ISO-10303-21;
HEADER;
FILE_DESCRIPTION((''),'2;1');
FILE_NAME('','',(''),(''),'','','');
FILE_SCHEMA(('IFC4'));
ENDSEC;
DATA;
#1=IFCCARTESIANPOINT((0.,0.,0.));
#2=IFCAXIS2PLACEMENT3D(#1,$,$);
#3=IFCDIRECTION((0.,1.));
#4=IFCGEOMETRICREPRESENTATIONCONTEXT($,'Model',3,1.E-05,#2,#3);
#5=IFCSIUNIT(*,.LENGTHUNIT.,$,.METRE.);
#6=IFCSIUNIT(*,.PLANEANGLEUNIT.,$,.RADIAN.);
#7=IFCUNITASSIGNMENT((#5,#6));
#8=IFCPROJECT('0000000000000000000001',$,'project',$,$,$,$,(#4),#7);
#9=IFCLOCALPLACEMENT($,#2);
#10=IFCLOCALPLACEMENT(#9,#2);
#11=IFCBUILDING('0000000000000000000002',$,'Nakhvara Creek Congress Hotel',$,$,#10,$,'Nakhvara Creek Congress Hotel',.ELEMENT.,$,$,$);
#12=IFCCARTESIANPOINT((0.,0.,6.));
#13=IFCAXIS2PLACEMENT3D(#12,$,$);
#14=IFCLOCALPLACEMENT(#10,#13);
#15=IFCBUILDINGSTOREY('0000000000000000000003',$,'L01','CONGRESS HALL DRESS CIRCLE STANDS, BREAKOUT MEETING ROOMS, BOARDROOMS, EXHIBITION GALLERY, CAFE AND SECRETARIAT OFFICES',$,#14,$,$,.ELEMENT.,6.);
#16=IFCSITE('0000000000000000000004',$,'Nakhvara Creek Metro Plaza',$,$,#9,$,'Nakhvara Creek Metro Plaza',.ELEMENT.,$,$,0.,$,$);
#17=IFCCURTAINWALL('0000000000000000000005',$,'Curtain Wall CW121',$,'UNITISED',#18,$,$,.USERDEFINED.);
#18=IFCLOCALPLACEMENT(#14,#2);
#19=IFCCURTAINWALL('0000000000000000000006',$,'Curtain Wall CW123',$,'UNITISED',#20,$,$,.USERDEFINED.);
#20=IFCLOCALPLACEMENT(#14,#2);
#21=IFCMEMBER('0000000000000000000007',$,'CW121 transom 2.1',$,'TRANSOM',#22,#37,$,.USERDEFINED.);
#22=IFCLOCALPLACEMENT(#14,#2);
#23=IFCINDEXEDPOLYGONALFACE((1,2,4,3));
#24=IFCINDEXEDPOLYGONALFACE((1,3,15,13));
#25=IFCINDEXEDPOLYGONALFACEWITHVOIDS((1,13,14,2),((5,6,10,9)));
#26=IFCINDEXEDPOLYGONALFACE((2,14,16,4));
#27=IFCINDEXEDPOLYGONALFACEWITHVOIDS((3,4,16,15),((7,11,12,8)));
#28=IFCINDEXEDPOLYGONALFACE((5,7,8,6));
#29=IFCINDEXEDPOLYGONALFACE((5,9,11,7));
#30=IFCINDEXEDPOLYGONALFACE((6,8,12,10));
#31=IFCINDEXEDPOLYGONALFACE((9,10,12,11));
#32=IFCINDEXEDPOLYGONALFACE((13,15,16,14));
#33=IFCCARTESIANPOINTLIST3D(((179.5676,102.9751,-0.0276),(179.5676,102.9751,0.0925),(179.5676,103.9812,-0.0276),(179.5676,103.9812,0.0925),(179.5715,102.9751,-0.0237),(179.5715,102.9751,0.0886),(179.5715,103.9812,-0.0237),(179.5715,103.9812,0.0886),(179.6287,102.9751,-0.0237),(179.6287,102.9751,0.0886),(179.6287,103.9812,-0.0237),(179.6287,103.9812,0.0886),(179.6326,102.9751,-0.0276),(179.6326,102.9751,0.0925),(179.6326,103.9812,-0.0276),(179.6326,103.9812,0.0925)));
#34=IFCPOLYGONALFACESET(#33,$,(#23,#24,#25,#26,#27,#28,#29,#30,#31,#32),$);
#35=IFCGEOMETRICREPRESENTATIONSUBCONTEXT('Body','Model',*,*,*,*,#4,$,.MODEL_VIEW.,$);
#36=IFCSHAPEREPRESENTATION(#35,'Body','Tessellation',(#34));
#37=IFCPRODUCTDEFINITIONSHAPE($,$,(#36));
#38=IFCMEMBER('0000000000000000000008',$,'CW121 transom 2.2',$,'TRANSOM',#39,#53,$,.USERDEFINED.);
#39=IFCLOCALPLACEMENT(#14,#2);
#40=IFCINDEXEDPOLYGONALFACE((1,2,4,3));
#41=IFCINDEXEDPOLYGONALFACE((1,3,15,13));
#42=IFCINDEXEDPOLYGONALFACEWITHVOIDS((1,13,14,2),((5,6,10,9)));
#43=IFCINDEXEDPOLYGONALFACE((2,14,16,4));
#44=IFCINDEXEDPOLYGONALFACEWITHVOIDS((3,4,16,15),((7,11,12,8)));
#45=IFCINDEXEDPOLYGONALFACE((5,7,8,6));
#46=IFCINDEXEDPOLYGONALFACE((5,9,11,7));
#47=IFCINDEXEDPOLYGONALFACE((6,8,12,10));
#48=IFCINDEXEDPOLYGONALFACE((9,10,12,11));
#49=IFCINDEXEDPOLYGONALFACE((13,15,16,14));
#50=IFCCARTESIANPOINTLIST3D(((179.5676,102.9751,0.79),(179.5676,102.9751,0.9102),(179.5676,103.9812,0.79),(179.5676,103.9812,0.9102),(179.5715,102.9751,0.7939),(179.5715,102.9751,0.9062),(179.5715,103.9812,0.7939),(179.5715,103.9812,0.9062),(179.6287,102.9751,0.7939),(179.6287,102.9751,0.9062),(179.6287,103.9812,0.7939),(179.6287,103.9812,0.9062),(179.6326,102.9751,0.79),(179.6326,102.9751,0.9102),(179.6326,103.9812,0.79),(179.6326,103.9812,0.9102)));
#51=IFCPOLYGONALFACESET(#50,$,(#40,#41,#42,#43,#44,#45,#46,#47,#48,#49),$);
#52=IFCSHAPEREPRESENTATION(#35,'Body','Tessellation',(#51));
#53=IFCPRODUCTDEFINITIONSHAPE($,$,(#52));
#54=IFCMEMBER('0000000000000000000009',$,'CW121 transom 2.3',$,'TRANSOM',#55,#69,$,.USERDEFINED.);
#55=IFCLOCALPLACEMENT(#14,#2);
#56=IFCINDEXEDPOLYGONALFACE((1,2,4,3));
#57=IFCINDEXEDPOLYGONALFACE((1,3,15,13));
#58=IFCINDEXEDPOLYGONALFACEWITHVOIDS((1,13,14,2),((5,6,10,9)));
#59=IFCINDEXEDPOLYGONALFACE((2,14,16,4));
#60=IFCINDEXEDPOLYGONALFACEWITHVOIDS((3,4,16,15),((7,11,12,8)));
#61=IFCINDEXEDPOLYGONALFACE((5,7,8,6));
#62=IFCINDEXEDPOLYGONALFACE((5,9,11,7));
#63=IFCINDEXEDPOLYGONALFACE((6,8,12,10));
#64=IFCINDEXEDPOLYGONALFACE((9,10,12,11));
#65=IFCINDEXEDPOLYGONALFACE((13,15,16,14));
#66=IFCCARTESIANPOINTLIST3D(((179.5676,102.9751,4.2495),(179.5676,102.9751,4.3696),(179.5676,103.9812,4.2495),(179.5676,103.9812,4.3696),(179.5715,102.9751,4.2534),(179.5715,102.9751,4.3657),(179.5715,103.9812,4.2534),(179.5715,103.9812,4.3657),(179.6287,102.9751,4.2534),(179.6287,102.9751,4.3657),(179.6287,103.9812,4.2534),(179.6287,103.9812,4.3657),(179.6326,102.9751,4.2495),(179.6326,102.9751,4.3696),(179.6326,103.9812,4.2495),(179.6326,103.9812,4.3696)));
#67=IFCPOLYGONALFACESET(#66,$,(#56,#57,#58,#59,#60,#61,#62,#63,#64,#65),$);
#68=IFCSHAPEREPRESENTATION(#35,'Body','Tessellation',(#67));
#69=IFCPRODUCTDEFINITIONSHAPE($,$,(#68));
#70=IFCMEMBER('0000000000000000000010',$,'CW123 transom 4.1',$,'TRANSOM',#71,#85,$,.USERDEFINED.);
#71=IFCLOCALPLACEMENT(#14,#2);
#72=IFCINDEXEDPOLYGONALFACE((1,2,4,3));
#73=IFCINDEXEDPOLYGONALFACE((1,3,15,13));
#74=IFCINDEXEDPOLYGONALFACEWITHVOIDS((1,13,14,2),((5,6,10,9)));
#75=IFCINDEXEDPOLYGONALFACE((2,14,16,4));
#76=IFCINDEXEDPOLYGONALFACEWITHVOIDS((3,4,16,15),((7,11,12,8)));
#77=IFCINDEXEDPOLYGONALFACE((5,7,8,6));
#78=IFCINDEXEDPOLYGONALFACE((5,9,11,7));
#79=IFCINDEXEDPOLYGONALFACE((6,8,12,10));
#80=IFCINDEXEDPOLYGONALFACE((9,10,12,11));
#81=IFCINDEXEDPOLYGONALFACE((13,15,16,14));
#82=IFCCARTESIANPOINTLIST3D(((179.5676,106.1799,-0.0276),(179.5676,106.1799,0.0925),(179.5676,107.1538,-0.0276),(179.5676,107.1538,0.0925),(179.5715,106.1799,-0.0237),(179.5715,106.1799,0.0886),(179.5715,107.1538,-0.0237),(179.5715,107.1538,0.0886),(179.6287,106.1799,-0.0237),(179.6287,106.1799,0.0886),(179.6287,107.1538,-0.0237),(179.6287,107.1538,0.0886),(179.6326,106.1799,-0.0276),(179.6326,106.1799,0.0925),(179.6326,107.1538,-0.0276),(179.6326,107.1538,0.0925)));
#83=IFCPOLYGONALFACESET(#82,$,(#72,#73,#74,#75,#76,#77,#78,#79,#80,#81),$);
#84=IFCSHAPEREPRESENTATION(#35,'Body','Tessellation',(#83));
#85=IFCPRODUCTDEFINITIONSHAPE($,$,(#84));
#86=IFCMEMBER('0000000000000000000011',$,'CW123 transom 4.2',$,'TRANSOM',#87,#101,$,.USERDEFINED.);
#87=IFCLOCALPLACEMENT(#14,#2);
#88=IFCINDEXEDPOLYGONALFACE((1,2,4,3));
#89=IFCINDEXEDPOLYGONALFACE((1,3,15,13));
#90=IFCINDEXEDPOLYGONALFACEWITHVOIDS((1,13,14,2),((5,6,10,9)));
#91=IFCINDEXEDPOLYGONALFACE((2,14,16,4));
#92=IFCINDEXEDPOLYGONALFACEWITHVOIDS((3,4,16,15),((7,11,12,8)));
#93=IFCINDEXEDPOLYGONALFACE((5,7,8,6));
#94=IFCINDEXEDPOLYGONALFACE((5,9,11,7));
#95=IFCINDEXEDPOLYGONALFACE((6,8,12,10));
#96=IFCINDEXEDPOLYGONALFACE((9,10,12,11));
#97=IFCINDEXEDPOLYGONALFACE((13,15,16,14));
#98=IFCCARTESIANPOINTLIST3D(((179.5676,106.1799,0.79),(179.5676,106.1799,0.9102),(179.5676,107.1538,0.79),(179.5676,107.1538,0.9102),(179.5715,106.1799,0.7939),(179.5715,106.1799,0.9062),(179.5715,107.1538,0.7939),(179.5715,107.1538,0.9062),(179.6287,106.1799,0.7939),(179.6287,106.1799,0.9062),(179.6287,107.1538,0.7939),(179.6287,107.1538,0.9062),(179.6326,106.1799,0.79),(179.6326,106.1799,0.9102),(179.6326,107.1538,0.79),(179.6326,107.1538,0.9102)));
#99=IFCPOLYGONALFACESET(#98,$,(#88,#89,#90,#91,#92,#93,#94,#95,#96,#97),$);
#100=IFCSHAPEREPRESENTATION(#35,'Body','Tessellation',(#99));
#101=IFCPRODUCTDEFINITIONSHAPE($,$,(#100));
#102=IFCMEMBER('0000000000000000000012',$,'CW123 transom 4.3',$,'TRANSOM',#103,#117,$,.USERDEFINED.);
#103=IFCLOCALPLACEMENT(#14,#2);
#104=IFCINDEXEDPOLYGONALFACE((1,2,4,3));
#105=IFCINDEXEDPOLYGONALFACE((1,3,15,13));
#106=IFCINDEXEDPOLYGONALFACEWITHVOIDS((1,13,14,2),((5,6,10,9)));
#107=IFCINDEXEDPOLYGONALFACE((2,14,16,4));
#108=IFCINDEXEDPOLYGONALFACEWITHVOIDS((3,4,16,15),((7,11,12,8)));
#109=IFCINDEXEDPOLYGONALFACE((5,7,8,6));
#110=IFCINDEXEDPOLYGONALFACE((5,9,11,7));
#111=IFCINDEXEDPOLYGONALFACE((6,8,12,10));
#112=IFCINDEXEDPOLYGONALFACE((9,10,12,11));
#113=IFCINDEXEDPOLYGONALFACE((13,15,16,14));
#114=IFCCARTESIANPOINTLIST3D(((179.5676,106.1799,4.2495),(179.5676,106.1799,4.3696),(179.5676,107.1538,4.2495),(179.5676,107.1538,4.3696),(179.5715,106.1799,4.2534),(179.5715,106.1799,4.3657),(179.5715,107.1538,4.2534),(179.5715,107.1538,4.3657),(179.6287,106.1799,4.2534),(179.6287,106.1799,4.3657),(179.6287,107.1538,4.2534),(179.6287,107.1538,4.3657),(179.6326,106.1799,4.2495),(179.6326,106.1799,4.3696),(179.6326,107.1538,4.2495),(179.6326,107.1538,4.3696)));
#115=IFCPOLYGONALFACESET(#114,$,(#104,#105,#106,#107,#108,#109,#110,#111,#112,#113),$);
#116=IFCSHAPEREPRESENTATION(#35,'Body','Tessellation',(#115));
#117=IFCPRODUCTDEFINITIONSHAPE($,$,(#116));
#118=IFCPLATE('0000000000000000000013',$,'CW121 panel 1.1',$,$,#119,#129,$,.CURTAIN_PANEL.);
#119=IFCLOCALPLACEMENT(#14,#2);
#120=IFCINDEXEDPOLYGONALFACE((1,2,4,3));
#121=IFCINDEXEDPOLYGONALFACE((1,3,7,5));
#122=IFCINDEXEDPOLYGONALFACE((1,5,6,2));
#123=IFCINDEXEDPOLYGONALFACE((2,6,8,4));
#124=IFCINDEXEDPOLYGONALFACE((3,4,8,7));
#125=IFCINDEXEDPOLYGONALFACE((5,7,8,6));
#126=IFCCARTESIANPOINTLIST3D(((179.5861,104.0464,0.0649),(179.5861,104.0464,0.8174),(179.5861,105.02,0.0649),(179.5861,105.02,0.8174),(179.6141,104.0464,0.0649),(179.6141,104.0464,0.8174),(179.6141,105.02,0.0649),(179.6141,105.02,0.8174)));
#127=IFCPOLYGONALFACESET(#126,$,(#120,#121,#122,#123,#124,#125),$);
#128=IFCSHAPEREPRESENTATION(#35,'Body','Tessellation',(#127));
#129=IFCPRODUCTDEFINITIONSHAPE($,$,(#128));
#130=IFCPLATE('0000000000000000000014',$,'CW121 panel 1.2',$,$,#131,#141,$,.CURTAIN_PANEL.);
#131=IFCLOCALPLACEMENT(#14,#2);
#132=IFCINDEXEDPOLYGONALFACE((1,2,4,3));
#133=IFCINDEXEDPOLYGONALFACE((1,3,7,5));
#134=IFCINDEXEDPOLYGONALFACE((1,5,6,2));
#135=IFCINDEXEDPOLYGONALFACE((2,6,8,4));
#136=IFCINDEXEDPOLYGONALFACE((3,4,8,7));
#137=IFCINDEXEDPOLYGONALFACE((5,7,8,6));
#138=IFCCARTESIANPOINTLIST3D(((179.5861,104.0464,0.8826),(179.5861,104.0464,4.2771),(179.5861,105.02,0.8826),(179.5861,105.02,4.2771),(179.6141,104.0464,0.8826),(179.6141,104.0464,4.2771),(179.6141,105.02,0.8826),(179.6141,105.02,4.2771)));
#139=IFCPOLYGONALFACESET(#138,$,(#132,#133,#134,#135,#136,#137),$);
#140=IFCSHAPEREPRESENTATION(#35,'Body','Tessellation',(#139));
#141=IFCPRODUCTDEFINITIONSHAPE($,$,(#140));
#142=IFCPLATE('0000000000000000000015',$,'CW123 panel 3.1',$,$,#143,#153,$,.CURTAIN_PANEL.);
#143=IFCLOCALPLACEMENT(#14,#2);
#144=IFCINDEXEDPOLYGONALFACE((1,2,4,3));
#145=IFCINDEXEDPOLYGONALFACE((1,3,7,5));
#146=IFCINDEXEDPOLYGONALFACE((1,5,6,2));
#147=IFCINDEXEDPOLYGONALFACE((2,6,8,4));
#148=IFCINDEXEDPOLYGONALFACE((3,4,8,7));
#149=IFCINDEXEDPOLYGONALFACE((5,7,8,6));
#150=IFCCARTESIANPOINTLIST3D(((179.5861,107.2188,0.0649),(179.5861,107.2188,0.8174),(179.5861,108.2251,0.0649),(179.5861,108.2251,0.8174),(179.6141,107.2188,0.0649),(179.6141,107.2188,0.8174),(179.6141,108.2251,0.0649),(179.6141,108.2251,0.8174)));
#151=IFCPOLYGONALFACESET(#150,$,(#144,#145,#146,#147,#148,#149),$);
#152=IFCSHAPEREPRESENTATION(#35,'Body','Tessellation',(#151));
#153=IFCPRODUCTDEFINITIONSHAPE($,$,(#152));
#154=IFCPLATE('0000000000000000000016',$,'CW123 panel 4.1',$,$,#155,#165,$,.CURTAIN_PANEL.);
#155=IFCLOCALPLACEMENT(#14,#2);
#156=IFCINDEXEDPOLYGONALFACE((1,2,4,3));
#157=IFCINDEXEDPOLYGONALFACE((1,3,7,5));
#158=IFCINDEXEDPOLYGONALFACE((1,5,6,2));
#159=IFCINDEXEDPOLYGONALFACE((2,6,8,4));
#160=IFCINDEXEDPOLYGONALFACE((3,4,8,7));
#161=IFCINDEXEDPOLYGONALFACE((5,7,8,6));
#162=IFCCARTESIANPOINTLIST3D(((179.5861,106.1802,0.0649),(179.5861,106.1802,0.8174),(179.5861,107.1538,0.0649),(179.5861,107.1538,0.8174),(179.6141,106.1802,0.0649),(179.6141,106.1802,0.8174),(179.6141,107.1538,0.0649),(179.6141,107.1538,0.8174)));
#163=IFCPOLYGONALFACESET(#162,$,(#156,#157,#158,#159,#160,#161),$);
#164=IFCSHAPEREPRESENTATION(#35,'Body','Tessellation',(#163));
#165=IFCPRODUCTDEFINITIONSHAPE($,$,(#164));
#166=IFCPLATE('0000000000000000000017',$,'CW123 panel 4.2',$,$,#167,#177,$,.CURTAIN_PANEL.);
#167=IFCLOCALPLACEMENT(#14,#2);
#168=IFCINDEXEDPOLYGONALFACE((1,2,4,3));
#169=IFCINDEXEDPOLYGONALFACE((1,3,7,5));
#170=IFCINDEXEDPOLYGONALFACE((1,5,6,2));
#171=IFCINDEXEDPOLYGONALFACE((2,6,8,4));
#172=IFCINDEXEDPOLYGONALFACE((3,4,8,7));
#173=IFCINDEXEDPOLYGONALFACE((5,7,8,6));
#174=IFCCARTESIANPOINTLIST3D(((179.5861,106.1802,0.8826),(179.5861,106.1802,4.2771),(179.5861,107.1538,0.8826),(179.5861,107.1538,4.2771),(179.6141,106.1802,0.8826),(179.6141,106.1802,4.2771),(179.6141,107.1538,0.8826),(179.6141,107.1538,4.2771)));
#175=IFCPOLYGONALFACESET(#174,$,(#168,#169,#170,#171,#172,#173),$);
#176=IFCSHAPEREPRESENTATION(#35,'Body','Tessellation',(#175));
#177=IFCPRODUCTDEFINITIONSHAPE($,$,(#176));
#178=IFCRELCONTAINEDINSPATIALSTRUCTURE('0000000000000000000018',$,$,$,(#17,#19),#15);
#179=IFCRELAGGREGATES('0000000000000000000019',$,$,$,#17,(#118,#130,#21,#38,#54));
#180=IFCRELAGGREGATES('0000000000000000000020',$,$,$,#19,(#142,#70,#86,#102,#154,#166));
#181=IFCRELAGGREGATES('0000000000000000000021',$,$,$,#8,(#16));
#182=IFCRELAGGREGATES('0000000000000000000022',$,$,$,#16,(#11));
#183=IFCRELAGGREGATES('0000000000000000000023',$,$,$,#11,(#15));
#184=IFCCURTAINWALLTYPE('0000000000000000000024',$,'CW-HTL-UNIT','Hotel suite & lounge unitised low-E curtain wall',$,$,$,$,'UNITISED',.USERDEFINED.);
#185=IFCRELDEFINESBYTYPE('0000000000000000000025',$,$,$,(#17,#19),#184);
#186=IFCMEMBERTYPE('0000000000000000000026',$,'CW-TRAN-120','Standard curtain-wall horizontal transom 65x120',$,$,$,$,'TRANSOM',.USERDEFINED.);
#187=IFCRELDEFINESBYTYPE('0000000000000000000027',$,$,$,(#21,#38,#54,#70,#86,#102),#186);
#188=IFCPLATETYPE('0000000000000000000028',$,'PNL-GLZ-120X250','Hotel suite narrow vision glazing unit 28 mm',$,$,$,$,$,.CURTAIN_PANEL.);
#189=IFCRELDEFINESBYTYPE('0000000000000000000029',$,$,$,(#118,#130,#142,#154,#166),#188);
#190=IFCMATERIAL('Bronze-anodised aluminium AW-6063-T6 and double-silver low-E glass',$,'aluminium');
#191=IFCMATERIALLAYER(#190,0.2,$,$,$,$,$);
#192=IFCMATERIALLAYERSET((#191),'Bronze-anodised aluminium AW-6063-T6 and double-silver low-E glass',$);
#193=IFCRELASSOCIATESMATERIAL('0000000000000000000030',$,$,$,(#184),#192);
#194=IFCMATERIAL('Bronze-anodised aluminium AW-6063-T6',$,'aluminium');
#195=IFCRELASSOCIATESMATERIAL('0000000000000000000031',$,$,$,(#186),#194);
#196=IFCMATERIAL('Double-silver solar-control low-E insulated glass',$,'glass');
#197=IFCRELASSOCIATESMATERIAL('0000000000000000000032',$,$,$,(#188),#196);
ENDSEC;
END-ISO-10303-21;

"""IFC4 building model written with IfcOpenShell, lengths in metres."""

from ifc_helpers import new_model, si_unit, direction, frame, origin, origin_2d, place, context, subcontext, project, spatial, rectangle, hollow_rectangle, extrude, material, layer, layer_set, material_profile, profile_set, type_object, element, aggregate, save


model = new_model("IFC4")

# Units and contexts
model_context = context("Model", 3, precision=1e-05, world=origin(), true_north=direction((0.0, 1.0)))
body_context = subcontext(model_context, "Body", "Model", "MODEL_VIEW")
ifc_project = project(units=[si_unit("LENGTHUNIT", "METRE"), si_unit("PLANEANGLEUNIT", "RADIAN")], contexts=[model_context])

# Site, building, storey
site_placement = place(None, origin())
site = spatial("IfcSite", under=ifc_project, at=site_placement, Name="Nakhvara Creek Metro Plaza", LongName="Nakhvara Creek Metro Plaza", CompositionType="ELEMENT", RefElevation=0.0)
building_placement = place(site_placement, origin())
building = spatial("IfcBuilding", under=site, at=building_placement, Name="Nakhvara Creek Congress Hotel", LongName="Nakhvara Creek Congress Hotel", CompositionType="ELEMENT")
storey_placement = place(building_placement, frame((0.0, 0.0, 6.0)))
storey = spatial("IfcBuildingStorey", under=building, at=storey_placement, Name="L01", Description="CONGRESS HALL DRESS CIRCLE STANDS, BREAKOUT MEETING ROOMS, BOARDROOMS, EXHIBITION GALLERY, CAFE AND SECRETARIAT OFFICES", CompositionType="ELEMENT", Elevation=6.0)

# Curtain walls
ifc_material_1 = material(Name="Bronze-anodised aluminium AW-6063-T6 and double-silver low-E glass", Category="aluminium")
ifc_layer = layer(ifc_material_1, 0.2)
ifc_layer_set = layer_set([ifc_layer], Name="Bronze-anodised aluminium AW-6063-T6 and double-silver low-E glass")
curtain_wall_type = type_object("IfcCurtainWallType", Name="CW-HTL-UNIT", Description="Hotel suite & lounge unitised low-E curtain wall", ElementType="UNITISED", PredefinedType="USERDEFINED", material=ifc_layer_set)
curtain_wall_1_placement = place(storey_placement, origin())
curtain_wall_1 = element("IfcCurtainWall", 1, at=curtain_wall_1_placement, inside=storey, type_object=curtain_wall_type, Name="Curtain Wall CW121", ObjectType="UNITISED", PredefinedType="USERDEFINED")
ifc_material_2 = material(Name="Bronze-anodised aluminium AW-6063-T6", Category="aluminium")
curtain_wall_2_placement = place(storey_placement, origin())
curtain_wall_2 = element("IfcCurtainWall", 2, at=curtain_wall_2_placement, inside=storey, type_object=curtain_wall_type, Name="Curtain Wall CW123", ObjectType="UNITISED", PredefinedType="USERDEFINED")

# Members
ifc_material_profile_1 = material_profile(ifc_material_2, hollow_rectangle(XDim=0.0649, YDim=0.1201, WallThickness=0.0039, at=origin_2d()), Name="ALU-TRAN 65x120x4", Category="LoadBearing")
ifc_profile_set_1 = profile_set([ifc_material_profile_1], Name="Bronze-anodised aluminium AW-6063-T6")
member_type_1 = type_object("IfcMemberType", Name="CW-TRAN-120", Description="Standard curtain-wall horizontal transom 65x120", ElementType="TRANSOM", PredefinedType="USERDEFINED", material=ifc_profile_set_1)
member_1_placement = place(storey_placement, frame((179.6001, 103.9812, 0.0325), z_axis=(0.0, -1.0, 0.0), x_axis=(1.0, 0.0, 0.0)))
member_1 = element("IfcMember", 3, at=member_1_placement, type_object=member_type_1, Name="CW121 transom 2.1", ObjectType="TRANSOM", PredefinedType="USERDEFINED", context=body_context, shape_type="SweptSolid", body=[
    extrude(hollow_rectangle(XDim=0.0649, YDim=0.1201, WallThickness=0.0039, at=origin_2d()), origin(), (0.0, 0.0, 1.0), 1.0061),
])
member_2_placement = place(storey_placement, frame((179.6001, 103.9812, 0.8501), z_axis=(0.0, -1.0, 0.0), x_axis=(1.0, 0.0, 0.0)))
member_2 = element("IfcMember", 4, at=member_2_placement, type_object=member_type_1, Name="CW121 transom 2.2", ObjectType="TRANSOM", PredefinedType="USERDEFINED", context=body_context, shape_type="SweptSolid", body=[
    extrude(hollow_rectangle(XDim=0.0649, YDim=0.1201, WallThickness=0.0039, at=origin_2d()), origin(), (0.0, 0.0, 1.0), 1.0061),
])
member_3_placement = place(storey_placement, frame((179.6001, 103.9812, 4.3096), z_axis=(0.0, -1.0, 0.0), x_axis=(1.0, 0.0, 0.0)))
member_3 = element("IfcMember", 5, at=member_3_placement, type_object=member_type_1, Name="CW121 transom 2.3", ObjectType="TRANSOM", PredefinedType="USERDEFINED", context=body_context, shape_type="SweptSolid", body=[
    extrude(hollow_rectangle(XDim=0.0649, YDim=0.1201, WallThickness=0.0039, at=origin_2d()), origin(), (0.0, 0.0, 1.0), 1.0061),
])
member_4_placement = place(storey_placement, frame((179.6001, 107.1538, 0.0325), z_axis=(0.0, -1.0, 0.0), x_axis=(1.0, 0.0, 0.0)))
member_4 = element("IfcMember", 6, at=member_4_placement, type_object=member_type_1, Name="CW123 transom 4.1", ObjectType="TRANSOM", PredefinedType="USERDEFINED", context=body_context, shape_type="SweptSolid", body=[
    extrude(hollow_rectangle(XDim=0.0649, YDim=0.1201, WallThickness=0.0039, at=origin_2d()), origin(), (0.0, 0.0, 1.0), 0.9739),
])
member_5_placement = place(storey_placement, frame((179.6001, 107.1538, 0.8501), z_axis=(0.0, -1.0, 0.0), x_axis=(1.0, 0.0, 0.0)))
member_5 = element("IfcMember", 7, at=member_5_placement, type_object=member_type_1, Name="CW123 transom 4.2", ObjectType="TRANSOM", PredefinedType="USERDEFINED", context=body_context, shape_type="SweptSolid", body=[
    extrude(hollow_rectangle(XDim=0.0649, YDim=0.1201, WallThickness=0.0039, at=origin_2d()), origin(), (0.0, 0.0, 1.0), 0.9739),
])
member_6_placement = place(storey_placement, frame((179.6001, 107.1538, 4.3096), z_axis=(0.0, -1.0, 0.0), x_axis=(1.0, 0.0, 0.0)))
member_6 = element("IfcMember", 8, at=member_6_placement, type_object=member_type_1, Name="CW123 transom 4.3", ObjectType="TRANSOM", PredefinedType="USERDEFINED", context=body_context, shape_type="SweptSolid", body=[
    extrude(hollow_rectangle(XDim=0.0649, YDim=0.1201, WallThickness=0.0039, at=origin_2d()), origin(), (0.0, 0.0, 1.0), 0.9739),
])

# Plates
ifc_material_3 = material(Name="Double-silver solar-control low-E insulated glass", Category="glass")
plate_type = type_object("IfcPlateType", Name="PNL-GLZ-120X250", Description="Hotel suite narrow vision glazing unit 28 mm", PredefinedType="CURTAIN_PANEL", material=ifc_material_3)
plate_1_placement = place(storey_placement, frame((179.6001, 104.5332, 0.0649), z_axis=(0.0, 0.0, 1.0), x_axis=(0.0, -1.0, 0.0)))
plate_1 = element("IfcPlate", 9, at=plate_1_placement, type_object=plate_type, Name="CW121 panel 1.1", PredefinedType="CURTAIN_PANEL", context=body_context, shape_type="SweptSolid", body=[
    extrude(rectangle(XDim=0.9736, YDim=0.0281, at=origin_2d()), origin(), (0.0, 0.0, 1.0), 0.7524),
])
plate_2_placement = place(storey_placement, frame((179.6001, 104.5332, 0.8826), z_axis=(0.0, 0.0, 1.0), x_axis=(0.0, -1.0, 0.0)))
plate_2 = element("IfcPlate", 10, at=plate_2_placement, type_object=plate_type, Name="CW121 panel 1.2", PredefinedType="CURTAIN_PANEL", context=body_context, shape_type="SweptSolid", body=[
    extrude(rectangle(XDim=0.9736, YDim=0.0281, at=origin_2d()), origin(), (0.0, 0.0, 1.0), 3.3945),
])
aggregate(curtain_wall_1, [plate_1, plate_2, member_1, member_2, member_3])
plate_3_placement = place(storey_placement, frame((179.6001, 107.7219, 0.0649), z_axis=(0.0, 0.0, 1.0), x_axis=(0.0, -1.0, 0.0)))
plate_3 = element("IfcPlate", 11, at=plate_3_placement, type_object=plate_type, Name="CW123 panel 3.1", PredefinedType="CURTAIN_PANEL", context=body_context, shape_type="SweptSolid", body=[
    extrude(rectangle(XDim=1.0063, YDim=0.0281, at=origin_2d()), origin(), (0.0, 0.0, 1.0), 0.7524),
])
plate_4_placement = place(storey_placement, frame((179.6001, 106.667, 0.0649), z_axis=(0.0, 0.0, 1.0), x_axis=(0.0, -1.0, 0.0)))
plate_4 = element("IfcPlate", 12, at=plate_4_placement, type_object=plate_type, Name="CW123 panel 4.1", PredefinedType="CURTAIN_PANEL", context=body_context, shape_type="SweptSolid", body=[
    extrude(rectangle(XDim=0.9736, YDim=0.0281, at=origin_2d()), origin(), (0.0, 0.0, 1.0), 0.7524),
])
plate_5_placement = place(storey_placement, frame((179.6001, 106.667, 0.8826), z_axis=(0.0, 0.0, 1.0), x_axis=(0.0, -1.0, 0.0)))
plate_5 = element("IfcPlate", 13, at=plate_5_placement, type_object=plate_type, Name="CW123 panel 4.2", PredefinedType="CURTAIN_PANEL", context=body_context, shape_type="SweptSolid", body=[
    extrude(rectangle(XDim=0.9736, YDim=0.0281, at=origin_2d()), origin(), (0.0, 0.0, 1.0), 3.3945),
])
aggregate(curtain_wall_2, [plate_3, member_4, member_5, member_6, plate_4, plate_5])

save(model, "model.ifc")
